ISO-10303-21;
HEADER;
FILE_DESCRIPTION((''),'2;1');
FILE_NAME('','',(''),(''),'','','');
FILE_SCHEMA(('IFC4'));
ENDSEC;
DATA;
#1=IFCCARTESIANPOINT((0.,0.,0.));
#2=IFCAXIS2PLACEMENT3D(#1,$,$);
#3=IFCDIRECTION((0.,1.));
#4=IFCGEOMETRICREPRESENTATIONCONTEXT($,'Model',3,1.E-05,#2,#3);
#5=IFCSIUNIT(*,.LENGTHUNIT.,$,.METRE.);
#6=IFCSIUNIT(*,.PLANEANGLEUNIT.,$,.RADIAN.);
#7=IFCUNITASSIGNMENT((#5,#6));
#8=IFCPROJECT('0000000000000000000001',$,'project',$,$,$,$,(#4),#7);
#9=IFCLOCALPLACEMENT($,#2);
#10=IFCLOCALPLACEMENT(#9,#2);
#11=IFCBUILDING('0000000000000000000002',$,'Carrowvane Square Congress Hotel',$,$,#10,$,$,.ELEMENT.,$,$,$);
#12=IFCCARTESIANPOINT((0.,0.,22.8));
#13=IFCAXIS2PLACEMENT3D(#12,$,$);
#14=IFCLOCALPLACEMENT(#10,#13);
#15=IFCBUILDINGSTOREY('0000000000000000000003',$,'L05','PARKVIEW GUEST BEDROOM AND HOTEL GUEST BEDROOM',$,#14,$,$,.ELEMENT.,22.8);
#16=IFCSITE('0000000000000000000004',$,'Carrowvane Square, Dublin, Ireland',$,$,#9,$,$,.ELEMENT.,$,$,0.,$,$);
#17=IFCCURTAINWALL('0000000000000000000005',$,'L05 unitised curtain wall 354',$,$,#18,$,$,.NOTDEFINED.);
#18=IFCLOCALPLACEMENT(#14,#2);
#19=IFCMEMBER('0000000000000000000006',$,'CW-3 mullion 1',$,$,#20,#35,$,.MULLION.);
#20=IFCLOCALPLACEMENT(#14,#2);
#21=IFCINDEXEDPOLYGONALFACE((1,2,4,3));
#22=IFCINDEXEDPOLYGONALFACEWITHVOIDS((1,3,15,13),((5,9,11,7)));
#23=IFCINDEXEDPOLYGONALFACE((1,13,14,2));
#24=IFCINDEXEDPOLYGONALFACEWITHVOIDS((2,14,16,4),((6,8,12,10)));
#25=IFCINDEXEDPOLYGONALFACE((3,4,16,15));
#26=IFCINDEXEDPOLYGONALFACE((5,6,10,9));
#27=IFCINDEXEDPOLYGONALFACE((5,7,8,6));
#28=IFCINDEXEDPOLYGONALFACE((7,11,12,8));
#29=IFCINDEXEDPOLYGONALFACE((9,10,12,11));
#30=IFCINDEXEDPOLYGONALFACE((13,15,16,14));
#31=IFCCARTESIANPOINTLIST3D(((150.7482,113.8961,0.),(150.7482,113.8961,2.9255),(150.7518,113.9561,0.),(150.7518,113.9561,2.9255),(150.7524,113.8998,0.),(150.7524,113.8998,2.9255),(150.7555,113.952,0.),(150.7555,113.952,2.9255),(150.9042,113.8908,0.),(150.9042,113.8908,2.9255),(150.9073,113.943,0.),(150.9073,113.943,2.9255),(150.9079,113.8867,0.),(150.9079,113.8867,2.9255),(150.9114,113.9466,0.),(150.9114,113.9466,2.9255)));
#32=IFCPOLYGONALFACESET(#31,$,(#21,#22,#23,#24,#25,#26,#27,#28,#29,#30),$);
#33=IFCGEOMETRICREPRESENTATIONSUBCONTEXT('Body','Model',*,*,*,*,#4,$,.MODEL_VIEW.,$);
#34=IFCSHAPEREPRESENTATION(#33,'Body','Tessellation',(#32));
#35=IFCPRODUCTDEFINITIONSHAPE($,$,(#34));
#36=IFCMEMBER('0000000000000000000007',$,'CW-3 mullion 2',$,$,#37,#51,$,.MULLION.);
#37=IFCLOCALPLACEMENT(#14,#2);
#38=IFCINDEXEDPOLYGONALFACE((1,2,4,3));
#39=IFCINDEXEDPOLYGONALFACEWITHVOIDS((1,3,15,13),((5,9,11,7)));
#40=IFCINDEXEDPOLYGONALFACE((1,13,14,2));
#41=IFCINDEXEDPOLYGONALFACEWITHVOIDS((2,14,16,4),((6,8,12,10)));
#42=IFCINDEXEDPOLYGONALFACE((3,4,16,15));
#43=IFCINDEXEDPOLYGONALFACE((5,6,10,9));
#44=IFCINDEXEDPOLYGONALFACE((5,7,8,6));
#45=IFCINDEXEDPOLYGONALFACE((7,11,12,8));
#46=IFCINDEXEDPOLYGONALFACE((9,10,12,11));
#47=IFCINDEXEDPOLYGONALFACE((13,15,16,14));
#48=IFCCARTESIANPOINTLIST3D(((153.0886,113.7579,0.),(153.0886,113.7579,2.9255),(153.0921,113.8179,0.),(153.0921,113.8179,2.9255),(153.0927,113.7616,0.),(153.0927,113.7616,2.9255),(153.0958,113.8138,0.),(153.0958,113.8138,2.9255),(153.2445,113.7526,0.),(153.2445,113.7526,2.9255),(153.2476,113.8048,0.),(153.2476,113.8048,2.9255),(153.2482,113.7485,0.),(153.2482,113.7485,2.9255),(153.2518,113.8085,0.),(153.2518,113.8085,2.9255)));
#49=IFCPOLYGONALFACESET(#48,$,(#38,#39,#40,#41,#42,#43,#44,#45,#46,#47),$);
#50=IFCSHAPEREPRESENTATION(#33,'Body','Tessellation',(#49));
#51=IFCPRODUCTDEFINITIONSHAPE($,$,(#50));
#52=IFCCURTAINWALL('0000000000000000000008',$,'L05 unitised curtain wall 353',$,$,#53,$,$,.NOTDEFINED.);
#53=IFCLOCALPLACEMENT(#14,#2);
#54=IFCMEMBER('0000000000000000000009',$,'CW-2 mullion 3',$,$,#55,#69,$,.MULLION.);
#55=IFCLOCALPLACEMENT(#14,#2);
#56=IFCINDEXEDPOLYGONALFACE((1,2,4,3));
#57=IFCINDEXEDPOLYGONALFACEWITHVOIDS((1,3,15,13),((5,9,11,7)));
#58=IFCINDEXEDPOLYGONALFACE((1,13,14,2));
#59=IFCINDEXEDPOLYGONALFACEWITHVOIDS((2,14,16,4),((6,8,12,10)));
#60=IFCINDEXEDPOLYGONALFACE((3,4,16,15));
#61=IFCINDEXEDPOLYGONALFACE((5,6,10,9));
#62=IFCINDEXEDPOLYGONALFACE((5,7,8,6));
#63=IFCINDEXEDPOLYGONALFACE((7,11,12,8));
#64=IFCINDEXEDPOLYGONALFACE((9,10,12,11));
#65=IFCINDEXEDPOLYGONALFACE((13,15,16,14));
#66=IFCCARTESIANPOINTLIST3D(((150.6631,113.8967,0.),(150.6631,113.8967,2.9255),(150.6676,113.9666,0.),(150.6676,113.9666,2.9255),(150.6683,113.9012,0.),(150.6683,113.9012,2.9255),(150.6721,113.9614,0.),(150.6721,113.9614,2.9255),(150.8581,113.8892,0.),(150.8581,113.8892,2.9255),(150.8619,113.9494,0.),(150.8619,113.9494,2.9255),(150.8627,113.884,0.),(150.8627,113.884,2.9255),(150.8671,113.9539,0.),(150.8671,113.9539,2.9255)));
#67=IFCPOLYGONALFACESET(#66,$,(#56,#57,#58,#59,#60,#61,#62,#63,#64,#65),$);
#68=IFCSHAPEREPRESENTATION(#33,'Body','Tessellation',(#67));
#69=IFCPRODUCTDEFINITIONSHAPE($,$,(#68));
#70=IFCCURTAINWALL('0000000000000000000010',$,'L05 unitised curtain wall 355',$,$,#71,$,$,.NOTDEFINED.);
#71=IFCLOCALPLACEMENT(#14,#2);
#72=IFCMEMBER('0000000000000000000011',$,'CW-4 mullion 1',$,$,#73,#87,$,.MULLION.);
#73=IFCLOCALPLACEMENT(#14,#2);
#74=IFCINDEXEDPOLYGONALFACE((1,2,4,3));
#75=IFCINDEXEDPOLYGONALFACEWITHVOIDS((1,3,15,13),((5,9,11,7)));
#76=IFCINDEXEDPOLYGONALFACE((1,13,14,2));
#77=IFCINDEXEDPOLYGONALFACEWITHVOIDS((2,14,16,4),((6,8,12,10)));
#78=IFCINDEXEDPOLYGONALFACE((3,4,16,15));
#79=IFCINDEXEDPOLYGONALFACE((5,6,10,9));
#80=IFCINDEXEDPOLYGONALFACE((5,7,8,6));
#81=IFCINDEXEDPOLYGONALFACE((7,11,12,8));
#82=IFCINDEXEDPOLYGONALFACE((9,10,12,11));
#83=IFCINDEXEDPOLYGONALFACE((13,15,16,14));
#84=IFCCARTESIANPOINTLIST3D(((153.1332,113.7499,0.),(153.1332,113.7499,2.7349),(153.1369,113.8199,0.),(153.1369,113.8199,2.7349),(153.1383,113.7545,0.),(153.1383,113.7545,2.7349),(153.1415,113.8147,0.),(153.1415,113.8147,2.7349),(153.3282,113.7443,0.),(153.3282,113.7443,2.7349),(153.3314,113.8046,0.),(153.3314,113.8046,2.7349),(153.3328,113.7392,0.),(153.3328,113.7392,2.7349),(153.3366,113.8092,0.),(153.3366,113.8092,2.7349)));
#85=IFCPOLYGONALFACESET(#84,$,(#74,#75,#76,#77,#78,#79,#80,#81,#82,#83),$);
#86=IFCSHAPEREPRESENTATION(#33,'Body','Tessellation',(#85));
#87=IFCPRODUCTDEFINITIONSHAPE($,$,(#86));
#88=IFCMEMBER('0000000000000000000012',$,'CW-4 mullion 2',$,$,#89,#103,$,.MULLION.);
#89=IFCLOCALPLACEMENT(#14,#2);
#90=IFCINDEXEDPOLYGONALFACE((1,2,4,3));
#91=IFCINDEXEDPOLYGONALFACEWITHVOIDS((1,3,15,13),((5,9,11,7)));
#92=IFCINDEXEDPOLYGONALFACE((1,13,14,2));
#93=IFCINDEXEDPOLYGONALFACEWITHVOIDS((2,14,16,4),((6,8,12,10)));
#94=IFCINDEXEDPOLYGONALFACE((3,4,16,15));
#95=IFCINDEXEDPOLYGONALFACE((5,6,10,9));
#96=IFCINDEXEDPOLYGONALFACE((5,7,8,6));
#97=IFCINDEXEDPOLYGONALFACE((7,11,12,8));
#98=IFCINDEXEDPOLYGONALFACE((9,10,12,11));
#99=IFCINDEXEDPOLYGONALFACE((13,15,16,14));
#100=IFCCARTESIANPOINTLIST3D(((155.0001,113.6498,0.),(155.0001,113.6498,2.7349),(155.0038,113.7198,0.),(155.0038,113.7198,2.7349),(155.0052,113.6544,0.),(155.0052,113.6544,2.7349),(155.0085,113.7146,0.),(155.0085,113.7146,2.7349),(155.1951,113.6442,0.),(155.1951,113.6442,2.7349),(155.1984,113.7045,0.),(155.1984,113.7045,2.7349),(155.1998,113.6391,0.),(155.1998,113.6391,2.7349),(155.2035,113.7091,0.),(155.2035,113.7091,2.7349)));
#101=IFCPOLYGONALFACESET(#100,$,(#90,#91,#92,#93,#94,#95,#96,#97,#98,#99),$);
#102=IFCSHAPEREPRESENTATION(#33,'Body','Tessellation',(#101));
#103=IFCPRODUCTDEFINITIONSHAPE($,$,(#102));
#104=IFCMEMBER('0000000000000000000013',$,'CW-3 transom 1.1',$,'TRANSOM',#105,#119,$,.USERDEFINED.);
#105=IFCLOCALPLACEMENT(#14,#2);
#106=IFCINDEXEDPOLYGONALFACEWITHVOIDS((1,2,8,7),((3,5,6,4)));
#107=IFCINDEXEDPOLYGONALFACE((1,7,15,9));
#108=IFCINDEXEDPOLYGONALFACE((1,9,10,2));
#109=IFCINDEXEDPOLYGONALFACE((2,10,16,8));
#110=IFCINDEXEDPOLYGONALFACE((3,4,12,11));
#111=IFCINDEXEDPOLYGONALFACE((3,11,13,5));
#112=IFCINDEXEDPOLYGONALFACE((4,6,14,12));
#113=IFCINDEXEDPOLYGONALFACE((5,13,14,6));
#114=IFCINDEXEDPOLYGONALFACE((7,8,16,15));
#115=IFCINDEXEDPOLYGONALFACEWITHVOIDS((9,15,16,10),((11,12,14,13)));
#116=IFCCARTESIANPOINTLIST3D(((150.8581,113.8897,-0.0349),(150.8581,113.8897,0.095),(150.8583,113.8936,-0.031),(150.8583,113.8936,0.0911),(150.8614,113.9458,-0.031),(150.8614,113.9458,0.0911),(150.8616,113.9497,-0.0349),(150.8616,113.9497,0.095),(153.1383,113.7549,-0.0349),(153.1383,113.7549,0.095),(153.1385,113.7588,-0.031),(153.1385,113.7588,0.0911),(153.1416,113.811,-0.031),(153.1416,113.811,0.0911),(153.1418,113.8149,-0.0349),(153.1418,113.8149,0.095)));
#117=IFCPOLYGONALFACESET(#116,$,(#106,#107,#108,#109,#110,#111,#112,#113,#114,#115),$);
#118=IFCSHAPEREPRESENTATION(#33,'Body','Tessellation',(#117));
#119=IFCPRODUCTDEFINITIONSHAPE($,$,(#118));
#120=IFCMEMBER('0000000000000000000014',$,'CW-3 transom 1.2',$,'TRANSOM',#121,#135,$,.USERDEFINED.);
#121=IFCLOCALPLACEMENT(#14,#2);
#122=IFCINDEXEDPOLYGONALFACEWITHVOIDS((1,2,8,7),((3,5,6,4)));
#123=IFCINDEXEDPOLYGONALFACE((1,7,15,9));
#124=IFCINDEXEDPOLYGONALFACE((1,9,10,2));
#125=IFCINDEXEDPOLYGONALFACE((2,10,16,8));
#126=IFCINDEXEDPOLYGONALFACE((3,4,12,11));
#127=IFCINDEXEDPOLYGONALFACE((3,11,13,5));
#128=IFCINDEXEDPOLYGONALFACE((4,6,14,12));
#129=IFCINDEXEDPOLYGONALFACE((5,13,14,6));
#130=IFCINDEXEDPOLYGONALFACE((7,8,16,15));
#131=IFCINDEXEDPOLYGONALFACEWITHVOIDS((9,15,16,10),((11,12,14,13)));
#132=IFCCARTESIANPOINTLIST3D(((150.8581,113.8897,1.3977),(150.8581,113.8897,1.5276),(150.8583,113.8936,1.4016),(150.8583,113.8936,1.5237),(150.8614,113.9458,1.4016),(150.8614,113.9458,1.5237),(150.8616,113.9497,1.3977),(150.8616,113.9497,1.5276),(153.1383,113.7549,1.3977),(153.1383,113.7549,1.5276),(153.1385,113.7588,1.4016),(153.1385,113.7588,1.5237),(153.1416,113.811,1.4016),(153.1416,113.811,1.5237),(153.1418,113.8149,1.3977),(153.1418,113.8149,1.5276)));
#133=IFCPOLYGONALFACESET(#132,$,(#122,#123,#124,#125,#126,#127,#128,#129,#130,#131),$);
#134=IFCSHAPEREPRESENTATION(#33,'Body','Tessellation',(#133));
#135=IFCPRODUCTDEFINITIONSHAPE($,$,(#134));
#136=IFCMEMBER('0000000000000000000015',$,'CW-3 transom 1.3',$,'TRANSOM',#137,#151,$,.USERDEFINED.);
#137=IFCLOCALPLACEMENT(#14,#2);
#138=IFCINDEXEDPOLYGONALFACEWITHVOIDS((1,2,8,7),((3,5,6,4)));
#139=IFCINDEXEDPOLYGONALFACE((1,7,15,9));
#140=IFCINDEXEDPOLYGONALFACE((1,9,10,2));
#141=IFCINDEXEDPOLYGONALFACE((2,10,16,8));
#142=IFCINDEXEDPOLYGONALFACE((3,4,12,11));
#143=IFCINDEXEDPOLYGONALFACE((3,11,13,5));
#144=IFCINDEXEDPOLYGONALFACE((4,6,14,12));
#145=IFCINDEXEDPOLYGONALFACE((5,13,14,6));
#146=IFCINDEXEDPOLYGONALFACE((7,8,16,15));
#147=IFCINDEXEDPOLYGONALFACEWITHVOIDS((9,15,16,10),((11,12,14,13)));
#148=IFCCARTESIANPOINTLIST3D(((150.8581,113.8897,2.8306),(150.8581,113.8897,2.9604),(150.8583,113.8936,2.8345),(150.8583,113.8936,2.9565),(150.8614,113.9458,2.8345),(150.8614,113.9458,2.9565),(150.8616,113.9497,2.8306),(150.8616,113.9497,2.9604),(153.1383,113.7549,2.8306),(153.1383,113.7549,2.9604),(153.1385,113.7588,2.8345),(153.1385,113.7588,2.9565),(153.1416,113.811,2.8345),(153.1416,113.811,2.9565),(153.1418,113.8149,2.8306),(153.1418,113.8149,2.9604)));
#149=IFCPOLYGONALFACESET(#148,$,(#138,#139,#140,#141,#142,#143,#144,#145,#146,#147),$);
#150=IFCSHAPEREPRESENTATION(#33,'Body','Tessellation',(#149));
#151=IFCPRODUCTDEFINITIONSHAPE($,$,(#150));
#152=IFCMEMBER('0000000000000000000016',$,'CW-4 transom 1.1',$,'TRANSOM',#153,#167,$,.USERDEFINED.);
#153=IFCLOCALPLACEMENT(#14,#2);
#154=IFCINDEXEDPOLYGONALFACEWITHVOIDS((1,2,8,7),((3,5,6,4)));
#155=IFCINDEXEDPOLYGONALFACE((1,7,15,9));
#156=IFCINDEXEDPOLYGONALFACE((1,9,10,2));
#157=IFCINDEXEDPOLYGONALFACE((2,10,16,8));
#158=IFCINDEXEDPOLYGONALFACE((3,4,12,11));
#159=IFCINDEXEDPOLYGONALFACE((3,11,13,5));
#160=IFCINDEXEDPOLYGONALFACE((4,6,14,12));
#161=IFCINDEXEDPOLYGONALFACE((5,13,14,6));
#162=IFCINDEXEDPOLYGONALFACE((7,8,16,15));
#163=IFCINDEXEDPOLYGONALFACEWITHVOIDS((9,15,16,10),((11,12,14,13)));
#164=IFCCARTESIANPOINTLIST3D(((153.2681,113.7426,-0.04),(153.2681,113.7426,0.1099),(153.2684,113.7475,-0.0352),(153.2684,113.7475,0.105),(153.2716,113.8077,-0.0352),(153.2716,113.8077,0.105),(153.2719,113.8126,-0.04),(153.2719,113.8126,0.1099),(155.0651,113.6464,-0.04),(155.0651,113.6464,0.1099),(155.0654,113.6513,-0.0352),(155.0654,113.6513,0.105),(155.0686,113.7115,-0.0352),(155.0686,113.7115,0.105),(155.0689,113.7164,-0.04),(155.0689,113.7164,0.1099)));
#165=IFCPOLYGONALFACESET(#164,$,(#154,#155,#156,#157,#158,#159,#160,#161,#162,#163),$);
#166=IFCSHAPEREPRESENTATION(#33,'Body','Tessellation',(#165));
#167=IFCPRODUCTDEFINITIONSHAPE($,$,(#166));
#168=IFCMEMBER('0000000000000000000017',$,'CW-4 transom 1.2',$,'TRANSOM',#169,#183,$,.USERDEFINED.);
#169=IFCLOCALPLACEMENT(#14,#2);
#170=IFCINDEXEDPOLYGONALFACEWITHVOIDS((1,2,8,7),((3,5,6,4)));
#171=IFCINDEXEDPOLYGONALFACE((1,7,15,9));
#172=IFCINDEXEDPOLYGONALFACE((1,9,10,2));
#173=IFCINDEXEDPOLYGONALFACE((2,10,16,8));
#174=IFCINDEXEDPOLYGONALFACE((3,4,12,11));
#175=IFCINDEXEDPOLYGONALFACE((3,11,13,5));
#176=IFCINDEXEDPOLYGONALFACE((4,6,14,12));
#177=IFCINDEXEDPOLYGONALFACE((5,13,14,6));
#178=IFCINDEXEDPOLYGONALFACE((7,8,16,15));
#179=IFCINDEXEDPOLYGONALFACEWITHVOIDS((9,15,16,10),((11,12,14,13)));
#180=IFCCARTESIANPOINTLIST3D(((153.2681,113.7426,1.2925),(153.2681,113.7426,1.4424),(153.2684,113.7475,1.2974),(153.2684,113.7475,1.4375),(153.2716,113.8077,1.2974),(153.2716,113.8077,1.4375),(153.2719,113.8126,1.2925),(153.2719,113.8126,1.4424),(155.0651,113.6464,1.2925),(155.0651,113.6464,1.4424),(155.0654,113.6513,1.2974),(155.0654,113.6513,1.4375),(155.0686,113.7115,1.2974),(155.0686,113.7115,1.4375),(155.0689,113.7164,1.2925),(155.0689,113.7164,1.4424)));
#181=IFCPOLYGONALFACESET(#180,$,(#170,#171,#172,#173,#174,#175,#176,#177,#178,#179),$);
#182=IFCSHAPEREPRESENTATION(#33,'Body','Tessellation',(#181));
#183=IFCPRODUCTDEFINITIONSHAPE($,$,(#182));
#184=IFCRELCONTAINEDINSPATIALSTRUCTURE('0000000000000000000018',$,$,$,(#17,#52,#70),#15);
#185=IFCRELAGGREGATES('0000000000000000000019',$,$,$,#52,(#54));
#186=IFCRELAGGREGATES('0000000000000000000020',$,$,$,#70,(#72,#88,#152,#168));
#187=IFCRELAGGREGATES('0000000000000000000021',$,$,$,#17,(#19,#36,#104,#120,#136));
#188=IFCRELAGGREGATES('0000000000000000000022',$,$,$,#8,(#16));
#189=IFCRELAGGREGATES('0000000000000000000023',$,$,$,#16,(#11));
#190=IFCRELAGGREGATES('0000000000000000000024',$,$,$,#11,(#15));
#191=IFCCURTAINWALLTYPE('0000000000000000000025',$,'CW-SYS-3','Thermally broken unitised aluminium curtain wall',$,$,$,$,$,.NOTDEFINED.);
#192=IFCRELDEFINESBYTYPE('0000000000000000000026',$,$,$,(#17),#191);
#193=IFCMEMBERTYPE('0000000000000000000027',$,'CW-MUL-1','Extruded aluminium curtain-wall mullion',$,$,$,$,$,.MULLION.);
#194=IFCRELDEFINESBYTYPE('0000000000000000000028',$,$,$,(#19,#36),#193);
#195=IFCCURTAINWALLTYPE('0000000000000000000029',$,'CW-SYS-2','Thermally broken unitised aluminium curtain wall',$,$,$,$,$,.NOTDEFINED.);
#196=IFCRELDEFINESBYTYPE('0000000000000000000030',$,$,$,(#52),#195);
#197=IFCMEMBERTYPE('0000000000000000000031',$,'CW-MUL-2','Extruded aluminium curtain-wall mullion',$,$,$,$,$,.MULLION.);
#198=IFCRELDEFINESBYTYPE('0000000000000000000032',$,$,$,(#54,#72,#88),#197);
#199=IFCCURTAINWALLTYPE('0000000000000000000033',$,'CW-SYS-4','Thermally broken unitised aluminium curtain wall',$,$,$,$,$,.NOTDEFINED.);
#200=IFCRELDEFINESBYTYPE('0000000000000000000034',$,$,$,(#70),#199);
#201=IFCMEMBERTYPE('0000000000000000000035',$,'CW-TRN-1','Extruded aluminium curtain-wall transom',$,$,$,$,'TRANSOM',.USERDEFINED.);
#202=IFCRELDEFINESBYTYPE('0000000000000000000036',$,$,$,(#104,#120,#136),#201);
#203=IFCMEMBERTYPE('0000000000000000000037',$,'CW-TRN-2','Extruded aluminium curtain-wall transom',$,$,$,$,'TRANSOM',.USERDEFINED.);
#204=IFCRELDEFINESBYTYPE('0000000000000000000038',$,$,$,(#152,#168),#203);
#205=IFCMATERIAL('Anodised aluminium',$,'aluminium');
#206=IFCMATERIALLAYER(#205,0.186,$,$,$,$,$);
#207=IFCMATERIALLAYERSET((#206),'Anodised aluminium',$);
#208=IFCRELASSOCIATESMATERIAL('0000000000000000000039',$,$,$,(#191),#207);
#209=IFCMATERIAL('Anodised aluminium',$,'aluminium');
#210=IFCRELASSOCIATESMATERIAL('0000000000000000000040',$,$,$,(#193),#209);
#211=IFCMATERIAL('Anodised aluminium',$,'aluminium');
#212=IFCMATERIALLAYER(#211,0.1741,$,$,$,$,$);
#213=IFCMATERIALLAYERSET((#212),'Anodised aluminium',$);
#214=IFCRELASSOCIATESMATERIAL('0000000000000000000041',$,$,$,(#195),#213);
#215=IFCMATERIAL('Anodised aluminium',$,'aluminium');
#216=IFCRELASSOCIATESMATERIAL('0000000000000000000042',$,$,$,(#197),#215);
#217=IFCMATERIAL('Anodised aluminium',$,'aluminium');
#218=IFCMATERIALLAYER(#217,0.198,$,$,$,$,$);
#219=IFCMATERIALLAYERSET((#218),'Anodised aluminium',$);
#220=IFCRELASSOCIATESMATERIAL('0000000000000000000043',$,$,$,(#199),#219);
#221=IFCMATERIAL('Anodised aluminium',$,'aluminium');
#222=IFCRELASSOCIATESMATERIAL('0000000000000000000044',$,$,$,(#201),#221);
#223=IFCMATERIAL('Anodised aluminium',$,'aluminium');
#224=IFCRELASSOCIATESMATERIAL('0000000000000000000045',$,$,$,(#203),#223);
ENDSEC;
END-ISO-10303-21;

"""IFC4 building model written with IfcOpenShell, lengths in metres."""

from ifc_helpers import new_model, si_unit, direction, frame, origin, origin_2d, place, context, subcontext, project, spatial, hollow_rectangle, extrude, material, layer, layer_set, material_profile, profile_set, type_object, element, aggregate, save


model = new_model("IFC4")

# Units and contexts
model_context = context("Model", 3, precision=1e-05, world=origin(), true_north=direction((0.0, 1.0)))
body_context = subcontext(model_context, "Body", "Model", "MODEL_VIEW")
ifc_project = project(units=[si_unit("LENGTHUNIT", "METRE"), si_unit("PLANEANGLEUNIT", "RADIAN")], contexts=[model_context])

# Site, building, storey
site_placement = place(None, origin())
site = spatial("IfcSite", under=ifc_project, at=site_placement, Name="Carrowvane Square, Dublin, Ireland", CompositionType="ELEMENT", RefElevation=0.0)
building_placement = place(site_placement, origin())
building = spatial("IfcBuilding", under=site, at=building_placement, Name="Carrowvane Square Congress Hotel", CompositionType="ELEMENT")
storey_placement = place(building_placement, frame((0.0, 0.0, 22.8)))
storey = spatial("IfcBuildingStorey", under=building, at=storey_placement, Name="L05", Description="PARKVIEW GUEST BEDROOM AND HOTEL GUEST BEDROOM", CompositionType="ELEMENT", Elevation=22.8)

# Curtain wall, members
ifc_material_1 = material(Name="Anodised aluminium", Category="aluminium")
ifc_layer_1 = layer(ifc_material_1, 0.186)
ifc_layer_set_1 = layer_set([ifc_layer_1], Name="Anodised aluminium")
curtain_wall_type_1 = type_object("IfcCurtainWallType", Name="CW-SYS-3", Description="Thermally broken unitised aluminium curtain wall", PredefinedType="NOTDEFINED", material=ifc_layer_set_1)
curtain_wall_1_placement = place(storey_placement, origin())
curtain_wall_1 = element("IfcCurtainWall", 1, at=curtain_wall_1_placement, inside=storey, type_object=curtain_wall_type_1, Name="L05 unitised curtain wall 354", PredefinedType="NOTDEFINED")
ifc_material_2 = material(Name="Anodised aluminium", Category="aluminium")
ifc_material_profile_1 = material_profile(ifc_material_2, hollow_rectangle(XDim=0.0601, YDim=0.1599, WallThickness=0.0039, at=origin_2d()), Name="CW-ML 60x160x4")
ifc_profile_set_1 = profile_set([ifc_material_profile_1], Name="Anodised aluminium")
member_type_1 = type_object("IfcMemberType", Name="CW-MUL-1", Description="Extruded aluminium curtain-wall mullion", PredefinedType="MULLION", material=ifc_profile_set_1)
member_1_placement = place(storey_placement, frame((150.8298, 113.9214, 0.0), z_axis=(0.0, 0.0, 1.0), x_axis=(0.058989, 0.998259, 0.0)))
member_1 = element("IfcMember", 2, at=member_1_placement, type_object=member_type_1, Name="CW-3 mullion 1", PredefinedType="MULLION", context=body_context, shape_type="SweptSolid", body=[
    extrude(hollow_rectangle(XDim=0.0601, YDim=0.1599, WallThickness=0.0039, at=origin_2d()), origin(), (0.0, 0.0, 1.0), 2.9255),
])
member_2_placement = place(storey_placement, frame((153.1702, 113.7832, 0.0), z_axis=(0.0, 0.0, 1.0), x_axis=(0.058989, 0.998259, 0.0)))
member_2 = element("IfcMember", 3, at=member_2_placement, type_object=member_type_1, Name="CW-3 mullion 2", PredefinedType="MULLION", context=body_context, shape_type="SweptSolid", body=[
    extrude(hollow_rectangle(XDim=0.0601, YDim=0.1599, WallThickness=0.0039, at=origin_2d()), origin(), (0.0, 0.0, 1.0), 2.9255),
])

# Curtain wall, member
ifc_material_3 = material(Name="Anodised aluminium", Category="aluminium")
ifc_layer_2 = layer(ifc_material_3, 0.1741)
ifc_layer_set_2 = layer_set([ifc_layer_2], Name="Anodised aluminium")
curtain_wall_type_2 = type_object("IfcCurtainWallType", Name="CW-SYS-2", Description="Thermally broken unitised aluminium curtain wall", PredefinedType="NOTDEFINED", material=ifc_layer_set_2)
curtain_wall_2_placement = place(storey_placement, origin())
curtain_wall_2 = element("IfcCurtainWall", 4, at=curtain_wall_2_placement, inside=storey, type_object=curtain_wall_type_2, Name="L05 unitised curtain wall 353", PredefinedType="NOTDEFINED")
ifc_material_4 = material(Name="Anodised aluminium", Category="aluminium")
ifc_material_profile_2 = material_profile(ifc_material_4, hollow_rectangle(XDim=0.0701, YDim=0.2, WallThickness=0.0049, at=origin_2d()), Name="CW-ML 70x200x5")
ifc_profile_set_2 = profile_set([ifc_material_profile_2], Name="Anodised aluminium")
member_type_2 = type_object("IfcMemberType", Name="CW-MUL-2", Description="Extruded aluminium curtain-wall mullion", PredefinedType="MULLION", material=ifc_profile_set_2)
member_3_placement = place(storey_placement, frame((150.7651, 113.9253, 0.0), z_axis=(0.0, 0.0, 1.0), x_axis=(0.063273, 0.997996, 0.0)))
member_3 = element("IfcMember", 5, at=member_3_placement, type_object=member_type_2, Name="CW-2 mullion 3", PredefinedType="MULLION", context=body_context, shape_type="SweptSolid", body=[
    extrude(hollow_rectangle(XDim=0.0701, YDim=0.2, WallThickness=0.0049, at=origin_2d()), origin(), (0.0, 0.0, 1.0), 2.9255),
])
aggregate(curtain_wall_2, [member_3])

# Curtain wall, members
ifc_material_5 = material(Name="Anodised aluminium", Category="aluminium")
ifc_layer_3 = layer(ifc_material_5, 0.198)
ifc_layer_set_3 = layer_set([ifc_layer_3], Name="Anodised aluminium")
curtain_wall_type_3 = type_object("IfcCurtainWallType", Name="CW-SYS-4", Description="Thermally broken unitised aluminium curtain wall", PredefinedType="NOTDEFINED", material=ifc_layer_set_3)
curtain_wall_3_placement = place(storey_placement, origin())
curtain_wall_3 = element("IfcCurtainWall", 6, at=curtain_wall_3_placement, inside=storey, type_object=curtain_wall_type_3, Name="L05 unitised curtain wall 355", PredefinedType="NOTDEFINED")
member_4_placement = place(storey_placement, frame((153.2349, 113.7795, 0.0), z_axis=(0.0, 0.0, 1.0), x_axis=(0.053516, 0.998567, 0.0)))
member_4 = element("IfcMember", 7, at=member_4_placement, type_object=member_type_2, Name="CW-4 mullion 1", PredefinedType="MULLION", context=body_context, shape_type="SweptSolid", body=[
    extrude(hollow_rectangle(XDim=0.0701, YDim=0.2, WallThickness=0.0049, at=origin_2d()), origin(), (0.0, 0.0, 1.0), 2.7349),
])
member_5_placement = place(storey_placement, frame((155.1018, 113.6794, 0.0), z_axis=(0.0, 0.0, 1.0), x_axis=(0.053516, 0.998567, 0.0)))
member_5 = element("IfcMember", 8, at=member_5_placement, type_object=member_type_2, Name="CW-4 mullion 2", PredefinedType="MULLION", context=body_context, shape_type="SweptSolid", body=[
    extrude(hollow_rectangle(XDim=0.0701, YDim=0.2, WallThickness=0.0049, at=origin_2d()), origin(), (0.0, 0.0, 1.0), 2.7349),
])

# Members
ifc_material_6 = material(Name="Anodised aluminium", Category="aluminium")
ifc_material_profile_3 = material_profile(ifc_material_6, hollow_rectangle(XDim=0.0601, YDim=0.1299, WallThickness=0.0039, at=origin_2d()), Name="CW-TR 60x130x4")
ifc_profile_set_3 = profile_set([ifc_material_profile_3], Name="Anodised aluminium")
member_type_3 = type_object("IfcMemberType", Name="CW-TRN-1", Description="Extruded aluminium curtain-wall transom", ElementType="TRANSOM", PredefinedType="USERDEFINED", material=ifc_profile_set_3)
member_6_placement = place(storey_placement, frame((150.8599, 113.9197, 0.03), z_axis=(0.998258, -0.058998, 0.0), x_axis=(0.058998, 0.998258, 0.0)))
member_6 = element("IfcMember", 9, at=member_6_placement, type_object=member_type_3, Name="CW-3 transom 1.1", ObjectType="TRANSOM", PredefinedType="USERDEFINED", context=body_context, shape_type="SweptSolid", body=[
    extrude(hollow_rectangle(XDim=0.0601, YDim=0.1299, WallThickness=0.0039, at=origin_2d()), origin(), (0.0, 0.0, 1.0), 2.2842),
])
member_7_placement = place(storey_placement, frame((150.8599, 113.9197, 1.4626), z_axis=(0.998258, -0.058998, 0.0), x_axis=(0.058998, 0.998258, 0.0)))
member_7 = element("IfcMember", 10, at=member_7_placement, type_object=member_type_3, Name="CW-3 transom 1.2", ObjectType="TRANSOM", PredefinedType="USERDEFINED", context=body_context, shape_type="SweptSolid", body=[
    extrude(hollow_rectangle(XDim=0.0601, YDim=0.1299, WallThickness=0.0039, at=origin_2d()), origin(), (0.0, 0.0, 1.0), 2.2842),
])
member_8_placement = place(storey_placement, frame((150.8599, 113.9197, 2.8955), z_axis=(0.998258, -0.058998, 0.0), x_axis=(0.058998, 0.998258, 0.0)))
member_8 = element("IfcMember", 11, at=member_8_placement, type_object=member_type_3, Name="CW-3 transom 1.3", ObjectType="TRANSOM", PredefinedType="USERDEFINED", context=body_context, shape_type="SweptSolid", body=[
    extrude(hollow_rectangle(XDim=0.0601, YDim=0.1299, WallThickness=0.0039, at=origin_2d()), origin(), (0.0, 0.0, 1.0), 2.2842),
])
ifc_material_7 = material(Name="Anodised aluminium", Category="aluminium")
ifc_material_profile_4 = material_profile(ifc_material_7, hollow_rectangle(XDim=0.0701, YDim=0.1499, WallThickness=0.0049, at=origin_2d()), Name="CW-TR 70x150x5")
ifc_profile_set_4 = profile_set([ifc_material_profile_4], Name="Anodised aluminium")
member_type_4 = type_object("IfcMemberType", Name="CW-TRN-2", Description="Extruded aluminium curtain-wall transom", ElementType="TRANSOM", PredefinedType="USERDEFINED", material=ifc_profile_set_4)
member_9_placement = place(storey_placement, frame((153.27, 113.7776, 0.0349), z_axis=(0.99857, -0.053456, 0.0), x_axis=(0.053456, 0.99857, 0.0)))
member_9 = element("IfcMember", 12, at=member_9_placement, type_object=member_type_4, Name="CW-4 transom 1.1", ObjectType="TRANSOM", PredefinedType="USERDEFINED", context=body_context, shape_type="SweptSolid", body=[
    extrude(hollow_rectangle(XDim=0.0701, YDim=0.1499, WallThickness=0.0049, at=origin_2d()), origin(), (0.0, 0.0, 1.0), 1.7996),
])
member_10_placement = place(storey_placement, frame((153.27, 113.7776, 1.3674), z_axis=(0.99857, -0.053456, 0.0), x_axis=(0.053456, 0.99857, 0.0)))
member_10 = element("IfcMember", 13, at=member_10_placement, type_object=member_type_4, Name="CW-4 transom 1.2", ObjectType="TRANSOM", PredefinedType="USERDEFINED", context=body_context, shape_type="SweptSolid", body=[
    extrude(hollow_rectangle(XDim=0.0701, YDim=0.1499, WallThickness=0.0049, at=origin_2d()), origin(), (0.0, 0.0, 1.0), 1.7996),
])

aggregate(curtain_wall_3, [member_4, member_5, member_9, member_10])
aggregate(curtain_wall_1, [member_1, member_2, member_6, member_7, member_8])

save(model, "model.ifc")
